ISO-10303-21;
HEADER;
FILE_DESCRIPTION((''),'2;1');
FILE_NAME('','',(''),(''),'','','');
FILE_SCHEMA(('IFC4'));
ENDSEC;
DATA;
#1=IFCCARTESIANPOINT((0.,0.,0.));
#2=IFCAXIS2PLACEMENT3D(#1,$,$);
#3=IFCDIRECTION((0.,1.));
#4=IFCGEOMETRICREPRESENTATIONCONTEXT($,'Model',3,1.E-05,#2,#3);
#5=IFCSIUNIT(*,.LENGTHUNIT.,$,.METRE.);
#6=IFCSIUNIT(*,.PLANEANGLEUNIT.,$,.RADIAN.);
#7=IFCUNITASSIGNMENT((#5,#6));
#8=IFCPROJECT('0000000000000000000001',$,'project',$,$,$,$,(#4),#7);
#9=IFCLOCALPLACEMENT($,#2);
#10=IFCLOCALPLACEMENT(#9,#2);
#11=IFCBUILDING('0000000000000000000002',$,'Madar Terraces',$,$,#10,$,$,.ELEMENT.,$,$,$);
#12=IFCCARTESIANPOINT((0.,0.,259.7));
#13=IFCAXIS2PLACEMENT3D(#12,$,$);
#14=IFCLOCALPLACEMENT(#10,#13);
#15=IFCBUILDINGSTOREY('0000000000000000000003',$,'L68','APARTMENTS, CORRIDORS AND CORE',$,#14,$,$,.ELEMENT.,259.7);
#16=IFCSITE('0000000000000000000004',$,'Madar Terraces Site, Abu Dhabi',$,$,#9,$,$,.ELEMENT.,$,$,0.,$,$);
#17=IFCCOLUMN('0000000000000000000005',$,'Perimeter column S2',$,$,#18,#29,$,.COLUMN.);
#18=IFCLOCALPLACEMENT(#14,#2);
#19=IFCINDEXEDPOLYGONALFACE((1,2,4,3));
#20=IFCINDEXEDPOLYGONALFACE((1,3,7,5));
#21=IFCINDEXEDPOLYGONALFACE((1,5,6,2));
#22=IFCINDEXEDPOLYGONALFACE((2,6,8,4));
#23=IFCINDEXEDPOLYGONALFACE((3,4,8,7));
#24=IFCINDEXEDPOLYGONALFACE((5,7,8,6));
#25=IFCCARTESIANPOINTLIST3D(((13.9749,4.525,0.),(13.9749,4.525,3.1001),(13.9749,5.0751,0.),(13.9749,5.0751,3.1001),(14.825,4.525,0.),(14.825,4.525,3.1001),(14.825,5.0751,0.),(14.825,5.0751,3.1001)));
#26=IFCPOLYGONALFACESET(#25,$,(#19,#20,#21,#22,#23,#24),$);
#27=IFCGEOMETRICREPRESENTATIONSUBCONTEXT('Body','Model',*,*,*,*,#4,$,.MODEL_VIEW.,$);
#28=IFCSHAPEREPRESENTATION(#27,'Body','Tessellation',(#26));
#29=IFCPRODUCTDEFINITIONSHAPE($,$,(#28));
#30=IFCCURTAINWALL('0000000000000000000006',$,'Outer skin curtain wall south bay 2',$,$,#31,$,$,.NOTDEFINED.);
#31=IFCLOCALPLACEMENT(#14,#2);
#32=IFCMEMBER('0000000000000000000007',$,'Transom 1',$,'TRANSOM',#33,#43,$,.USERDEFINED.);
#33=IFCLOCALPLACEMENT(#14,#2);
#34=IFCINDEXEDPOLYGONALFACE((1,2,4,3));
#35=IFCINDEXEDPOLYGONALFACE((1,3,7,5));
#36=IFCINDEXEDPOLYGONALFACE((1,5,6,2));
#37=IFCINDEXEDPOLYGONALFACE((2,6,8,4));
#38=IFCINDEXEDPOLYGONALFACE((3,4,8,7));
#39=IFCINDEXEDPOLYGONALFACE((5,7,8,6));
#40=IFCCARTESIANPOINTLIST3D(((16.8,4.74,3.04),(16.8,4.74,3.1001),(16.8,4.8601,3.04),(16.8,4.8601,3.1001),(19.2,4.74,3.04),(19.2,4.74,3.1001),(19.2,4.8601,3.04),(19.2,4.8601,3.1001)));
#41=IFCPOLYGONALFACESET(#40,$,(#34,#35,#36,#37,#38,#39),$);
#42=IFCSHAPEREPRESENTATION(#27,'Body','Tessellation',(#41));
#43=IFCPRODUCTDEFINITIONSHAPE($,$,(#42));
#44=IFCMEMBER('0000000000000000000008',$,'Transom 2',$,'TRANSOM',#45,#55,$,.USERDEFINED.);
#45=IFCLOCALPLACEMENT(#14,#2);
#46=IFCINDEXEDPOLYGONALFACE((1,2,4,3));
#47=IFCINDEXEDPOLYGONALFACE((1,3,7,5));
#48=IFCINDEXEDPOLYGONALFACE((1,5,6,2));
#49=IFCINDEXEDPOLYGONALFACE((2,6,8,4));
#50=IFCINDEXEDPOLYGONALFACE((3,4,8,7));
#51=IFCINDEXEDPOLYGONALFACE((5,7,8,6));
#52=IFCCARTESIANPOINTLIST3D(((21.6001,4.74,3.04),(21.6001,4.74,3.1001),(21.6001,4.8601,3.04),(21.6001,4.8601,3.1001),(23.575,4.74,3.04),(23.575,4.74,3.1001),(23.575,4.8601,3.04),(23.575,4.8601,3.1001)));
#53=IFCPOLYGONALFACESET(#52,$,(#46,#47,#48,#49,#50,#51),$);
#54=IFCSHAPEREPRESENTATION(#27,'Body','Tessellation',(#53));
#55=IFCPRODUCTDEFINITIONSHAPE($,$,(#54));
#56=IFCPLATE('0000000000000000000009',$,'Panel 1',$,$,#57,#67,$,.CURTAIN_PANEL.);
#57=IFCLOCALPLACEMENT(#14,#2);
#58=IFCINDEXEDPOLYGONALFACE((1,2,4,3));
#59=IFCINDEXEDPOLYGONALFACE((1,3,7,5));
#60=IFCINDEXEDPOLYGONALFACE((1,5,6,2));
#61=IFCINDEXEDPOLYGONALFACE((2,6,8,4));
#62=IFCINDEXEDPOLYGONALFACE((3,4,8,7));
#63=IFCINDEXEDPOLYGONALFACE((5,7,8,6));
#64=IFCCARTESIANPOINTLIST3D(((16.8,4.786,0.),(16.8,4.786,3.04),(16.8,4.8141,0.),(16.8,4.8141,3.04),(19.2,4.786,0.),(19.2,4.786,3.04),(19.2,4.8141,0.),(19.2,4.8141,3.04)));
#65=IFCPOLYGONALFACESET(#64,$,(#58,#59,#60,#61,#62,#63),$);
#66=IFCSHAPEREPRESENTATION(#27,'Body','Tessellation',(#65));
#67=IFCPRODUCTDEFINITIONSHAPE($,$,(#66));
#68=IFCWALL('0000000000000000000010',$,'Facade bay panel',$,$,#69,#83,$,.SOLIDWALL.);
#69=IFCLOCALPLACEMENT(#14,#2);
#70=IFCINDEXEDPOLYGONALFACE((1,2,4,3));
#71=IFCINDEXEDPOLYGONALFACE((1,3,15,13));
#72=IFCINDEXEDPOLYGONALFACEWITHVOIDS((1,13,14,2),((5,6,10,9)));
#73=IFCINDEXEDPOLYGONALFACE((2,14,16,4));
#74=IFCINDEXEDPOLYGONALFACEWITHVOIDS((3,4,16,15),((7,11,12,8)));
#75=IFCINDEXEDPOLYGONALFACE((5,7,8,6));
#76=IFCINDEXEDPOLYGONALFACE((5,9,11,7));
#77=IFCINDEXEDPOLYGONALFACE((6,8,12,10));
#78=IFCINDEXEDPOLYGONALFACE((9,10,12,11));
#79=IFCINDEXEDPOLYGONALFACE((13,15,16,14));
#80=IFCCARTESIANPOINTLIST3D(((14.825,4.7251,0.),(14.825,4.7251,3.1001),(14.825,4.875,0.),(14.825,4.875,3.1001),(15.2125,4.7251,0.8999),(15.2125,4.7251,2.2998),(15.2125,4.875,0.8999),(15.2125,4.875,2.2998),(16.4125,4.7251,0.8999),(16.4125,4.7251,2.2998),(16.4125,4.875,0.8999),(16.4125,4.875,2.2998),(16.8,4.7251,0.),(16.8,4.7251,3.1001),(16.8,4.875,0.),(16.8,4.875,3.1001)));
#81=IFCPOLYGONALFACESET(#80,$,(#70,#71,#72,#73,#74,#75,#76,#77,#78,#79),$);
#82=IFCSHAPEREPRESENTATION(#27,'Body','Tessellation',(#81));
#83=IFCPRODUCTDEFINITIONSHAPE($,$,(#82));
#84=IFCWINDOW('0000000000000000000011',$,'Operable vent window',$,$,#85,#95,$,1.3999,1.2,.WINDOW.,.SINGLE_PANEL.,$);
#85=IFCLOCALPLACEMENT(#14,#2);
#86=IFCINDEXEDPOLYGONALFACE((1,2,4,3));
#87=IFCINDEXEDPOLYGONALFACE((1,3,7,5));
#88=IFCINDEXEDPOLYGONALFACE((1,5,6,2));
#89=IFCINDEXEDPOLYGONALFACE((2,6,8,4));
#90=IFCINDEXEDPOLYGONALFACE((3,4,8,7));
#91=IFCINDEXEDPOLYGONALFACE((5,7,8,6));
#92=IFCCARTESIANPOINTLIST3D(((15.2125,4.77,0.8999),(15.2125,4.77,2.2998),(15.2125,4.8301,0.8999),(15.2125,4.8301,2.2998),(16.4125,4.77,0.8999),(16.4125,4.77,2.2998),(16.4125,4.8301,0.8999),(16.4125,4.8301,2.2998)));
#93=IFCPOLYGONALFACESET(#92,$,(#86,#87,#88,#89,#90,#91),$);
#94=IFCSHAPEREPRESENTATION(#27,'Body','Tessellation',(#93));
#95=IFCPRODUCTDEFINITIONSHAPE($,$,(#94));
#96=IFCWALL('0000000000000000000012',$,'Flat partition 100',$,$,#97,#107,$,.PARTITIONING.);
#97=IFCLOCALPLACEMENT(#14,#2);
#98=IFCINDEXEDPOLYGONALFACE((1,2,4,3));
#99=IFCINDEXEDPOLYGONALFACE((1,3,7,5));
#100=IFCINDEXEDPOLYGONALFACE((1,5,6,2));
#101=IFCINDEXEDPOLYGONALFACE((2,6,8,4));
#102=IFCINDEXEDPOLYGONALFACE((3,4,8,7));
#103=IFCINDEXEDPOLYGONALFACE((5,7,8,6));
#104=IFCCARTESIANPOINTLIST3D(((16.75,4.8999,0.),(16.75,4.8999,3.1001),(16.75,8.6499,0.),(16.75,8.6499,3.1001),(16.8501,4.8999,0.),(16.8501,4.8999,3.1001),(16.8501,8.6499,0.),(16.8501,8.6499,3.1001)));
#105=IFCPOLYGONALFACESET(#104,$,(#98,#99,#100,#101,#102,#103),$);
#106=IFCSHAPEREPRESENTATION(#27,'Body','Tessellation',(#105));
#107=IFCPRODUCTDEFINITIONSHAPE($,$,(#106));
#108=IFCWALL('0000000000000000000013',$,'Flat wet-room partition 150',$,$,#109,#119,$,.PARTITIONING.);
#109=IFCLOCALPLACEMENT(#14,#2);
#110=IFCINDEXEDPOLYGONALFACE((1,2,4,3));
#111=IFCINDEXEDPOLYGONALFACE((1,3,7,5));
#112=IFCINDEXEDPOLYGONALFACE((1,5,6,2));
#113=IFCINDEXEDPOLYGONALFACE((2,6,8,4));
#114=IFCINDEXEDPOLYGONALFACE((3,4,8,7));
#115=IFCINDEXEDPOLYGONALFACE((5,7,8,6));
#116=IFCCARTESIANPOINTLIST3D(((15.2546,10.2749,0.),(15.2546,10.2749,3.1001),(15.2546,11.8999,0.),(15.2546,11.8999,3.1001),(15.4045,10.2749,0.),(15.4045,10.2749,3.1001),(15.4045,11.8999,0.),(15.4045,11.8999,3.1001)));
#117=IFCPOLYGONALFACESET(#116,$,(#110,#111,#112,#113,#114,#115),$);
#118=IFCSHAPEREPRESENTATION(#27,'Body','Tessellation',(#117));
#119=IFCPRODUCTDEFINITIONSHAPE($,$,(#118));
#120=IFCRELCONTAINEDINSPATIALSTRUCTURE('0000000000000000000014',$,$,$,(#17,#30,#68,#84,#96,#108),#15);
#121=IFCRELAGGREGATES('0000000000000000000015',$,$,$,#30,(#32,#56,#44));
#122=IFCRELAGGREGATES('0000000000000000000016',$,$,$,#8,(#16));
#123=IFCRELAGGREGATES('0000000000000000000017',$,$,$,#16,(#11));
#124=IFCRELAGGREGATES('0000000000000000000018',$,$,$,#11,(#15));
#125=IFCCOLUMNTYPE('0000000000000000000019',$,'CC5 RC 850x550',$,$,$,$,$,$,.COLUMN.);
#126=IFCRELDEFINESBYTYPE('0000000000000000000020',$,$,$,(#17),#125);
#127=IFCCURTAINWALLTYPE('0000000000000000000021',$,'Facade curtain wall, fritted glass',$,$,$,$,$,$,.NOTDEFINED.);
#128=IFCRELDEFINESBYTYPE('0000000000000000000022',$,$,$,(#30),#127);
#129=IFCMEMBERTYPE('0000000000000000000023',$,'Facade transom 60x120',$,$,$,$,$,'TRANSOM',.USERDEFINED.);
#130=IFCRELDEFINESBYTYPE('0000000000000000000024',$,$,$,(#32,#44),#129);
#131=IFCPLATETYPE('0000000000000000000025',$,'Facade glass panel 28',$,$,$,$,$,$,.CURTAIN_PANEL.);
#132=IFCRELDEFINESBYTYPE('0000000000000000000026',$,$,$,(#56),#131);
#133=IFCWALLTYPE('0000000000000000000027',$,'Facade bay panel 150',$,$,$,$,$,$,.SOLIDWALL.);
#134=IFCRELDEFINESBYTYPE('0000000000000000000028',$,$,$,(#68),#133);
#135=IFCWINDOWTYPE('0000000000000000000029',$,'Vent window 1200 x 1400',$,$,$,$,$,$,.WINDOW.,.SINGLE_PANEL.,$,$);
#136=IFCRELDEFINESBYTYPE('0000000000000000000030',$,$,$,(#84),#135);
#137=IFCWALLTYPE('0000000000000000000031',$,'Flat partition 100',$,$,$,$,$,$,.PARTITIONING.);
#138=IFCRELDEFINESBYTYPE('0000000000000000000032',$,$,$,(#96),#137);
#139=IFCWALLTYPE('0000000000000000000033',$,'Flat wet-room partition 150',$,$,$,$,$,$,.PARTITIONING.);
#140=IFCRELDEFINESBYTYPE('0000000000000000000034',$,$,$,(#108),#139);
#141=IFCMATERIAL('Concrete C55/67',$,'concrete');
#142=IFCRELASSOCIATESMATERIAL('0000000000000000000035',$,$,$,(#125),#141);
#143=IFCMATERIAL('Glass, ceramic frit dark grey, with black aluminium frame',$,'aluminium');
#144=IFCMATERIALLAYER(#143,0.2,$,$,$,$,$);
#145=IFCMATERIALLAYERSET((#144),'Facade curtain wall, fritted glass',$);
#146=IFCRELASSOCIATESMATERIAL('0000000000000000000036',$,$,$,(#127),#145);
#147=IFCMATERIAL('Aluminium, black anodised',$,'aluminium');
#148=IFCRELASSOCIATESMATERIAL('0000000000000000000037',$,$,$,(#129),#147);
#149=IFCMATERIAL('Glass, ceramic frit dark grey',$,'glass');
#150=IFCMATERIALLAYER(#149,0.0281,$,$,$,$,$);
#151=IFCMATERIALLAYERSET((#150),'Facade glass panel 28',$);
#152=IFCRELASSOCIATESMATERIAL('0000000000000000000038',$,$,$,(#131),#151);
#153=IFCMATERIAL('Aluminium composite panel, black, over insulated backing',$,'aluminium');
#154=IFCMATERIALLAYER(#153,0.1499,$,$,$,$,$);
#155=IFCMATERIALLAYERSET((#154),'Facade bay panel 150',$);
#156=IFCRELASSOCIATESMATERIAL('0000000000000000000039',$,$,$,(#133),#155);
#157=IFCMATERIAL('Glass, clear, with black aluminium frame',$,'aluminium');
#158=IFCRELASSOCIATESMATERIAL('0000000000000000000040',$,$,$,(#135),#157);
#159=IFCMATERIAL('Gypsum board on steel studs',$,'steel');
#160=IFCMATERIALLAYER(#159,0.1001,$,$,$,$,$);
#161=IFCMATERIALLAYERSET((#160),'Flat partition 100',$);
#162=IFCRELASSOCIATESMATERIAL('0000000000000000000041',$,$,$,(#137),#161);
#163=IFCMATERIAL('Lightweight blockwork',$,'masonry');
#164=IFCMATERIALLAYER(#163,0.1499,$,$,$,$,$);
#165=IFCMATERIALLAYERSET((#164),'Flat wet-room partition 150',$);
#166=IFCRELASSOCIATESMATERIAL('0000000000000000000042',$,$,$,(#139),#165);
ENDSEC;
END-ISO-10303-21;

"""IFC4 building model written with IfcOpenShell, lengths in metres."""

from ifc_helpers import new_model, si_unit, direction, frame, frame_2d, origin, origin_2d, place, context, subcontext, project, spatial, rectangle, extrude, material, layer, layer_set, material_profile, profile_set, type_object, element, fill, aggregate, save


model = new_model("IFC4")

# Units and contexts
model_context = context("Model", 3, precision=1e-05, world=origin(), true_north=direction((0.0, 1.0)))
body_context = subcontext(model_context, "Body", "Model", "MODEL_VIEW")
ifc_project = project(units=[si_unit("LENGTHUNIT", "METRE"), si_unit("PLANEANGLEUNIT", "RADIAN")], contexts=[model_context])

# Site, building, storey
site_placement = place(None, origin())
site = spatial("IfcSite", under=ifc_project, at=site_placement, Name="Madar Terraces Site, Abu Dhabi", CompositionType="ELEMENT", RefElevation=0.0)
building_placement = place(site_placement, origin())
building = spatial("IfcBuilding", under=site, at=building_placement, Name="Madar Terraces", CompositionType="ELEMENT")
storey_placement = place(building_placement, frame((0.0, 0.0, 259.7)))
storey = spatial("IfcBuildingStorey", under=building, at=storey_placement, Name="L68", Description="APARTMENTS, CORRIDORS AND CORE", CompositionType="ELEMENT", Elevation=259.7)

# Column
ifc_material_1 = material(Name="Concrete C55/67", Category="concrete")
ifc_material_profile_1 = material_profile(ifc_material_1, rectangle(XDim=0.8501, YDim=0.55, at=origin_2d()), Name="CC5 RC 850x550")
ifc_profile_set_1 = profile_set([ifc_material_profile_1], Name="Concrete C55/67")
column_type = type_object("IfcColumnType", Name="CC5 RC 850x550", PredefinedType="COLUMN", material=ifc_profile_set_1)
column_placement = place(storey_placement, frame((14.3999, 4.8, 0.0), z_axis=(0.0, 0.0, 1.0), x_axis=(1.0, 0.0, 0.0)))
element("IfcColumn", 1, at=column_placement, inside=storey, type_object=column_type, Name="Perimeter column S2", PredefinedType="COLUMN", context=body_context, shape_type="SweptSolid", body=[
    extrude(rectangle(XDim=0.8501, YDim=0.55, at=origin_2d()), origin(), (0.0, 0.0, 1.0), 3.1001),
])

# Curtain wall, members, plate
ifc_material_2 = material(Name="Glass, ceramic frit dark grey, with black aluminium frame", Category="aluminium")
ifc_layer_1 = layer(ifc_material_2, 0.2)
ifc_layer_set_1 = layer_set([ifc_layer_1], Name="Facade curtain wall, fritted glass")
curtain_wall_type = type_object("IfcCurtainWallType", Name="Facade curtain wall, fritted glass", PredefinedType="NOTDEFINED", material=ifc_layer_set_1)
curtain_wall_placement = place(storey_placement, origin())
curtain_wall = element("IfcCurtainWall", 2, at=curtain_wall_placement, inside=storey, type_object=curtain_wall_type, Name="Outer skin curtain wall south bay 2", PredefinedType="NOTDEFINED")
ifc_material_3 = material(Name="Aluminium, black anodised", Category="aluminium")
ifc_material_profile_2 = material_profile(ifc_material_3, rectangle(XDim=0.1201, YDim=0.0601, at=origin_2d()), Name="Facade transom 60x120")
ifc_profile_set_2 = profile_set([ifc_material_profile_2], Name="Aluminium, black anodised")
member_type = type_object("IfcMemberType", Name="Facade transom 60x120", ElementType="TRANSOM", PredefinedType="USERDEFINED", material=ifc_profile_set_2)
member_1_placement = place(storey_placement, frame((16.8, 4.8, 3.0701), z_axis=(1.0, 0.0, 0.0), x_axis=(0.0, 1.0, 0.0)))
member_1 = element("IfcMember", 3, at=member_1_placement, type_object=member_type, Name="Transom 1", ObjectType="TRANSOM", PredefinedType="USERDEFINED", context=body_context, shape_type="SweptSolid", body=[
    extrude(rectangle(XDim=0.1201, YDim=0.0601, at=origin_2d()), origin(), (0.0, 0.0, 1.0), 2.3999),
])
member_2_placement = place(storey_placement, frame((21.6001, 4.8, 3.0701), z_axis=(1.0, 0.0, 0.0), x_axis=(0.0, 1.0, 0.0)))
member_2 = element("IfcMember", 4, at=member_2_placement, type_object=member_type, Name="Transom 2", ObjectType="TRANSOM", PredefinedType="USERDEFINED", context=body_context, shape_type="SweptSolid", body=[
    extrude(rectangle(XDim=0.1201, YDim=0.0601, at=origin_2d()), origin(), (0.0, 0.0, 1.0), 1.9749),
])
ifc_material_4 = material(Name="Glass, ceramic frit dark grey", Category="glass")
ifc_layer_2 = layer(ifc_material_4, 0.0281)
ifc_layer_set_2 = layer_set([ifc_layer_2], Name="Facade glass panel 28")
plate_type = type_object("IfcPlateType", Name="Facade glass panel 28", PredefinedType="CURTAIN_PANEL", material=ifc_layer_set_2)
plate_placement = place(storey_placement, frame((18.0, 4.8, 0.0), z_axis=(0.0, 0.0, 1.0), x_axis=(1.0, 0.0, 0.0)))
plate = element("IfcPlate", 5, at=plate_placement, type_object=plate_type, Name="Panel 1", PredefinedType="CURTAIN_PANEL", context=body_context, shape_type="SweptSolid", body=[
    extrude(rectangle(XDim=2.3999, YDim=0.0281, at=origin_2d()), origin(), (0.0, 0.0, 1.0), 3.04),
])
aggregate(curtain_wall, [member_1, plate, member_2])

# Wall, opening, window
ifc_material_5 = material(Name="Aluminium composite panel, black, over insulated backing", Category="aluminium")
ifc_layer_3 = layer(ifc_material_5, 0.1499)
ifc_layer_set_3 = layer_set([ifc_layer_3], Name="Facade bay panel 150")
wall_type_1 = type_object("IfcWallType", Name="Facade bay panel 150", PredefinedType="SOLIDWALL", material=ifc_layer_set_3)
wall_1_placement = place(storey_placement, frame((14.825, 4.8, 0.0), z_axis=(0.0, 0.0, 1.0), x_axis=(1.0, 0.0, 0.0)))
wall_1 = element("IfcWall", 6, at=wall_1_placement, inside=storey, type_object=wall_type_1, Name="Facade bay panel", PredefinedType="SOLIDWALL", context=body_context, shape_type="SweptSolid", body=[
    extrude(rectangle(XDim=1.9751, YDim=0.1499, at=frame_2d((0.9875, 0.0))), origin(), (0.0, 0.0, 1.0), 3.1001),
])
opening_1_placement = place(wall_1_placement, frame((0.3875, 0.0, 0.8999)))
opening_1 = element("IfcOpeningElement", 7, at=opening_1_placement, cuts=wall_1, PredefinedType="OPENING", context=body_context, shape_type="SweptSolid", body=[
    extrude(rectangle(XDim=1.2, YDim=1.3999, at=frame_2d((0.6001, 0.7))), frame((0.0, 0.085, 0.0), z_axis=(0.0, -1.0, 0.0), x_axis=(1.0, 0.0, 0.0)), (0.0, 0.0, 1.0), 0.1699),
])
ifc_material_6 = material(Name="Glass, clear, with black aluminium frame", Category="aluminium")
window_type = type_object("IfcWindowType", Name="Vent window 1200 x 1400", PartitioningType="SINGLE_PANEL", PredefinedType="WINDOW", material=ifc_material_6)
window_placement = place(opening_1_placement, origin())
window = element("IfcWindow", 8, at=window_placement, inside=storey, type_object=window_type, Name="Operable vent window", OverallHeight=1.3999, OverallWidth=1.2, PartitioningType="SINGLE_PANEL", PredefinedType="WINDOW", context=body_context, shape_type="SweptSolid", body=[
    extrude(rectangle(XDim=1.2, YDim=1.3999, at=frame_2d((0.6001, 0.7))), frame((0.0, 0.03, 0.0), z_axis=(0.0, -1.0, 0.0), x_axis=(1.0, 0.0, 0.0)), (0.0, 0.0, 1.0), 0.0601),
])
fill(opening_1, window)

# Walls
ifc_material_7 = material(Name="Gypsum board on steel studs", Category="steel")
ifc_layer_4 = layer(ifc_material_7, 0.1001)
ifc_layer_set_4 = layer_set([ifc_layer_4], Name="Flat partition 100")
wall_type_2 = type_object("IfcWallType", Name="Flat partition 100", PredefinedType="PARTITIONING", material=ifc_layer_set_4)
wall_2_placement = place(storey_placement, frame((16.8, 8.6499, 0.0), z_axis=(0.0, 0.0, 1.0), x_axis=(0.0, -1.0, 0.0)))
element("IfcWall", 9, at=wall_2_placement, inside=storey, type_object=wall_type_2, Name="Flat partition 100", PredefinedType="PARTITIONING", context=body_context, shape_type="SweptSolid", body=[
    extrude(rectangle(XDim=3.75, YDim=0.1001, at=frame_2d((1.875, 0.0))), origin(), (0.0, 0.0, 1.0), 3.1001),
])
ifc_material_8 = material(Name="Lightweight blockwork", Category="masonry")
ifc_layer_5 = layer(ifc_material_8, 0.1499)
ifc_layer_set_5 = layer_set([ifc_layer_5], Name="Flat wet-room partition 150")
wall_type_3 = type_object("IfcWallType", Name="Flat wet-room partition 150", PredefinedType="PARTITIONING", material=ifc_layer_set_5)
wall_3_placement = place(storey_placement, frame((15.3296, 11.8999, 0.0), z_axis=(0.0, 0.0, 1.0), x_axis=(0.0, -1.0, 0.0)))
element("IfcWall", 10, at=wall_3_placement, inside=storey, type_object=wall_type_3, Name="Flat wet-room partition 150", PredefinedType="PARTITIONING", context=body_context, shape_type="SweptSolid", body=[
    extrude(rectangle(XDim=1.625, YDim=0.1499, at=frame_2d((0.8125, 0.0))), origin(), (0.0, 0.0, 1.0), 3.1001),
])

save(model, "model.ifc")
